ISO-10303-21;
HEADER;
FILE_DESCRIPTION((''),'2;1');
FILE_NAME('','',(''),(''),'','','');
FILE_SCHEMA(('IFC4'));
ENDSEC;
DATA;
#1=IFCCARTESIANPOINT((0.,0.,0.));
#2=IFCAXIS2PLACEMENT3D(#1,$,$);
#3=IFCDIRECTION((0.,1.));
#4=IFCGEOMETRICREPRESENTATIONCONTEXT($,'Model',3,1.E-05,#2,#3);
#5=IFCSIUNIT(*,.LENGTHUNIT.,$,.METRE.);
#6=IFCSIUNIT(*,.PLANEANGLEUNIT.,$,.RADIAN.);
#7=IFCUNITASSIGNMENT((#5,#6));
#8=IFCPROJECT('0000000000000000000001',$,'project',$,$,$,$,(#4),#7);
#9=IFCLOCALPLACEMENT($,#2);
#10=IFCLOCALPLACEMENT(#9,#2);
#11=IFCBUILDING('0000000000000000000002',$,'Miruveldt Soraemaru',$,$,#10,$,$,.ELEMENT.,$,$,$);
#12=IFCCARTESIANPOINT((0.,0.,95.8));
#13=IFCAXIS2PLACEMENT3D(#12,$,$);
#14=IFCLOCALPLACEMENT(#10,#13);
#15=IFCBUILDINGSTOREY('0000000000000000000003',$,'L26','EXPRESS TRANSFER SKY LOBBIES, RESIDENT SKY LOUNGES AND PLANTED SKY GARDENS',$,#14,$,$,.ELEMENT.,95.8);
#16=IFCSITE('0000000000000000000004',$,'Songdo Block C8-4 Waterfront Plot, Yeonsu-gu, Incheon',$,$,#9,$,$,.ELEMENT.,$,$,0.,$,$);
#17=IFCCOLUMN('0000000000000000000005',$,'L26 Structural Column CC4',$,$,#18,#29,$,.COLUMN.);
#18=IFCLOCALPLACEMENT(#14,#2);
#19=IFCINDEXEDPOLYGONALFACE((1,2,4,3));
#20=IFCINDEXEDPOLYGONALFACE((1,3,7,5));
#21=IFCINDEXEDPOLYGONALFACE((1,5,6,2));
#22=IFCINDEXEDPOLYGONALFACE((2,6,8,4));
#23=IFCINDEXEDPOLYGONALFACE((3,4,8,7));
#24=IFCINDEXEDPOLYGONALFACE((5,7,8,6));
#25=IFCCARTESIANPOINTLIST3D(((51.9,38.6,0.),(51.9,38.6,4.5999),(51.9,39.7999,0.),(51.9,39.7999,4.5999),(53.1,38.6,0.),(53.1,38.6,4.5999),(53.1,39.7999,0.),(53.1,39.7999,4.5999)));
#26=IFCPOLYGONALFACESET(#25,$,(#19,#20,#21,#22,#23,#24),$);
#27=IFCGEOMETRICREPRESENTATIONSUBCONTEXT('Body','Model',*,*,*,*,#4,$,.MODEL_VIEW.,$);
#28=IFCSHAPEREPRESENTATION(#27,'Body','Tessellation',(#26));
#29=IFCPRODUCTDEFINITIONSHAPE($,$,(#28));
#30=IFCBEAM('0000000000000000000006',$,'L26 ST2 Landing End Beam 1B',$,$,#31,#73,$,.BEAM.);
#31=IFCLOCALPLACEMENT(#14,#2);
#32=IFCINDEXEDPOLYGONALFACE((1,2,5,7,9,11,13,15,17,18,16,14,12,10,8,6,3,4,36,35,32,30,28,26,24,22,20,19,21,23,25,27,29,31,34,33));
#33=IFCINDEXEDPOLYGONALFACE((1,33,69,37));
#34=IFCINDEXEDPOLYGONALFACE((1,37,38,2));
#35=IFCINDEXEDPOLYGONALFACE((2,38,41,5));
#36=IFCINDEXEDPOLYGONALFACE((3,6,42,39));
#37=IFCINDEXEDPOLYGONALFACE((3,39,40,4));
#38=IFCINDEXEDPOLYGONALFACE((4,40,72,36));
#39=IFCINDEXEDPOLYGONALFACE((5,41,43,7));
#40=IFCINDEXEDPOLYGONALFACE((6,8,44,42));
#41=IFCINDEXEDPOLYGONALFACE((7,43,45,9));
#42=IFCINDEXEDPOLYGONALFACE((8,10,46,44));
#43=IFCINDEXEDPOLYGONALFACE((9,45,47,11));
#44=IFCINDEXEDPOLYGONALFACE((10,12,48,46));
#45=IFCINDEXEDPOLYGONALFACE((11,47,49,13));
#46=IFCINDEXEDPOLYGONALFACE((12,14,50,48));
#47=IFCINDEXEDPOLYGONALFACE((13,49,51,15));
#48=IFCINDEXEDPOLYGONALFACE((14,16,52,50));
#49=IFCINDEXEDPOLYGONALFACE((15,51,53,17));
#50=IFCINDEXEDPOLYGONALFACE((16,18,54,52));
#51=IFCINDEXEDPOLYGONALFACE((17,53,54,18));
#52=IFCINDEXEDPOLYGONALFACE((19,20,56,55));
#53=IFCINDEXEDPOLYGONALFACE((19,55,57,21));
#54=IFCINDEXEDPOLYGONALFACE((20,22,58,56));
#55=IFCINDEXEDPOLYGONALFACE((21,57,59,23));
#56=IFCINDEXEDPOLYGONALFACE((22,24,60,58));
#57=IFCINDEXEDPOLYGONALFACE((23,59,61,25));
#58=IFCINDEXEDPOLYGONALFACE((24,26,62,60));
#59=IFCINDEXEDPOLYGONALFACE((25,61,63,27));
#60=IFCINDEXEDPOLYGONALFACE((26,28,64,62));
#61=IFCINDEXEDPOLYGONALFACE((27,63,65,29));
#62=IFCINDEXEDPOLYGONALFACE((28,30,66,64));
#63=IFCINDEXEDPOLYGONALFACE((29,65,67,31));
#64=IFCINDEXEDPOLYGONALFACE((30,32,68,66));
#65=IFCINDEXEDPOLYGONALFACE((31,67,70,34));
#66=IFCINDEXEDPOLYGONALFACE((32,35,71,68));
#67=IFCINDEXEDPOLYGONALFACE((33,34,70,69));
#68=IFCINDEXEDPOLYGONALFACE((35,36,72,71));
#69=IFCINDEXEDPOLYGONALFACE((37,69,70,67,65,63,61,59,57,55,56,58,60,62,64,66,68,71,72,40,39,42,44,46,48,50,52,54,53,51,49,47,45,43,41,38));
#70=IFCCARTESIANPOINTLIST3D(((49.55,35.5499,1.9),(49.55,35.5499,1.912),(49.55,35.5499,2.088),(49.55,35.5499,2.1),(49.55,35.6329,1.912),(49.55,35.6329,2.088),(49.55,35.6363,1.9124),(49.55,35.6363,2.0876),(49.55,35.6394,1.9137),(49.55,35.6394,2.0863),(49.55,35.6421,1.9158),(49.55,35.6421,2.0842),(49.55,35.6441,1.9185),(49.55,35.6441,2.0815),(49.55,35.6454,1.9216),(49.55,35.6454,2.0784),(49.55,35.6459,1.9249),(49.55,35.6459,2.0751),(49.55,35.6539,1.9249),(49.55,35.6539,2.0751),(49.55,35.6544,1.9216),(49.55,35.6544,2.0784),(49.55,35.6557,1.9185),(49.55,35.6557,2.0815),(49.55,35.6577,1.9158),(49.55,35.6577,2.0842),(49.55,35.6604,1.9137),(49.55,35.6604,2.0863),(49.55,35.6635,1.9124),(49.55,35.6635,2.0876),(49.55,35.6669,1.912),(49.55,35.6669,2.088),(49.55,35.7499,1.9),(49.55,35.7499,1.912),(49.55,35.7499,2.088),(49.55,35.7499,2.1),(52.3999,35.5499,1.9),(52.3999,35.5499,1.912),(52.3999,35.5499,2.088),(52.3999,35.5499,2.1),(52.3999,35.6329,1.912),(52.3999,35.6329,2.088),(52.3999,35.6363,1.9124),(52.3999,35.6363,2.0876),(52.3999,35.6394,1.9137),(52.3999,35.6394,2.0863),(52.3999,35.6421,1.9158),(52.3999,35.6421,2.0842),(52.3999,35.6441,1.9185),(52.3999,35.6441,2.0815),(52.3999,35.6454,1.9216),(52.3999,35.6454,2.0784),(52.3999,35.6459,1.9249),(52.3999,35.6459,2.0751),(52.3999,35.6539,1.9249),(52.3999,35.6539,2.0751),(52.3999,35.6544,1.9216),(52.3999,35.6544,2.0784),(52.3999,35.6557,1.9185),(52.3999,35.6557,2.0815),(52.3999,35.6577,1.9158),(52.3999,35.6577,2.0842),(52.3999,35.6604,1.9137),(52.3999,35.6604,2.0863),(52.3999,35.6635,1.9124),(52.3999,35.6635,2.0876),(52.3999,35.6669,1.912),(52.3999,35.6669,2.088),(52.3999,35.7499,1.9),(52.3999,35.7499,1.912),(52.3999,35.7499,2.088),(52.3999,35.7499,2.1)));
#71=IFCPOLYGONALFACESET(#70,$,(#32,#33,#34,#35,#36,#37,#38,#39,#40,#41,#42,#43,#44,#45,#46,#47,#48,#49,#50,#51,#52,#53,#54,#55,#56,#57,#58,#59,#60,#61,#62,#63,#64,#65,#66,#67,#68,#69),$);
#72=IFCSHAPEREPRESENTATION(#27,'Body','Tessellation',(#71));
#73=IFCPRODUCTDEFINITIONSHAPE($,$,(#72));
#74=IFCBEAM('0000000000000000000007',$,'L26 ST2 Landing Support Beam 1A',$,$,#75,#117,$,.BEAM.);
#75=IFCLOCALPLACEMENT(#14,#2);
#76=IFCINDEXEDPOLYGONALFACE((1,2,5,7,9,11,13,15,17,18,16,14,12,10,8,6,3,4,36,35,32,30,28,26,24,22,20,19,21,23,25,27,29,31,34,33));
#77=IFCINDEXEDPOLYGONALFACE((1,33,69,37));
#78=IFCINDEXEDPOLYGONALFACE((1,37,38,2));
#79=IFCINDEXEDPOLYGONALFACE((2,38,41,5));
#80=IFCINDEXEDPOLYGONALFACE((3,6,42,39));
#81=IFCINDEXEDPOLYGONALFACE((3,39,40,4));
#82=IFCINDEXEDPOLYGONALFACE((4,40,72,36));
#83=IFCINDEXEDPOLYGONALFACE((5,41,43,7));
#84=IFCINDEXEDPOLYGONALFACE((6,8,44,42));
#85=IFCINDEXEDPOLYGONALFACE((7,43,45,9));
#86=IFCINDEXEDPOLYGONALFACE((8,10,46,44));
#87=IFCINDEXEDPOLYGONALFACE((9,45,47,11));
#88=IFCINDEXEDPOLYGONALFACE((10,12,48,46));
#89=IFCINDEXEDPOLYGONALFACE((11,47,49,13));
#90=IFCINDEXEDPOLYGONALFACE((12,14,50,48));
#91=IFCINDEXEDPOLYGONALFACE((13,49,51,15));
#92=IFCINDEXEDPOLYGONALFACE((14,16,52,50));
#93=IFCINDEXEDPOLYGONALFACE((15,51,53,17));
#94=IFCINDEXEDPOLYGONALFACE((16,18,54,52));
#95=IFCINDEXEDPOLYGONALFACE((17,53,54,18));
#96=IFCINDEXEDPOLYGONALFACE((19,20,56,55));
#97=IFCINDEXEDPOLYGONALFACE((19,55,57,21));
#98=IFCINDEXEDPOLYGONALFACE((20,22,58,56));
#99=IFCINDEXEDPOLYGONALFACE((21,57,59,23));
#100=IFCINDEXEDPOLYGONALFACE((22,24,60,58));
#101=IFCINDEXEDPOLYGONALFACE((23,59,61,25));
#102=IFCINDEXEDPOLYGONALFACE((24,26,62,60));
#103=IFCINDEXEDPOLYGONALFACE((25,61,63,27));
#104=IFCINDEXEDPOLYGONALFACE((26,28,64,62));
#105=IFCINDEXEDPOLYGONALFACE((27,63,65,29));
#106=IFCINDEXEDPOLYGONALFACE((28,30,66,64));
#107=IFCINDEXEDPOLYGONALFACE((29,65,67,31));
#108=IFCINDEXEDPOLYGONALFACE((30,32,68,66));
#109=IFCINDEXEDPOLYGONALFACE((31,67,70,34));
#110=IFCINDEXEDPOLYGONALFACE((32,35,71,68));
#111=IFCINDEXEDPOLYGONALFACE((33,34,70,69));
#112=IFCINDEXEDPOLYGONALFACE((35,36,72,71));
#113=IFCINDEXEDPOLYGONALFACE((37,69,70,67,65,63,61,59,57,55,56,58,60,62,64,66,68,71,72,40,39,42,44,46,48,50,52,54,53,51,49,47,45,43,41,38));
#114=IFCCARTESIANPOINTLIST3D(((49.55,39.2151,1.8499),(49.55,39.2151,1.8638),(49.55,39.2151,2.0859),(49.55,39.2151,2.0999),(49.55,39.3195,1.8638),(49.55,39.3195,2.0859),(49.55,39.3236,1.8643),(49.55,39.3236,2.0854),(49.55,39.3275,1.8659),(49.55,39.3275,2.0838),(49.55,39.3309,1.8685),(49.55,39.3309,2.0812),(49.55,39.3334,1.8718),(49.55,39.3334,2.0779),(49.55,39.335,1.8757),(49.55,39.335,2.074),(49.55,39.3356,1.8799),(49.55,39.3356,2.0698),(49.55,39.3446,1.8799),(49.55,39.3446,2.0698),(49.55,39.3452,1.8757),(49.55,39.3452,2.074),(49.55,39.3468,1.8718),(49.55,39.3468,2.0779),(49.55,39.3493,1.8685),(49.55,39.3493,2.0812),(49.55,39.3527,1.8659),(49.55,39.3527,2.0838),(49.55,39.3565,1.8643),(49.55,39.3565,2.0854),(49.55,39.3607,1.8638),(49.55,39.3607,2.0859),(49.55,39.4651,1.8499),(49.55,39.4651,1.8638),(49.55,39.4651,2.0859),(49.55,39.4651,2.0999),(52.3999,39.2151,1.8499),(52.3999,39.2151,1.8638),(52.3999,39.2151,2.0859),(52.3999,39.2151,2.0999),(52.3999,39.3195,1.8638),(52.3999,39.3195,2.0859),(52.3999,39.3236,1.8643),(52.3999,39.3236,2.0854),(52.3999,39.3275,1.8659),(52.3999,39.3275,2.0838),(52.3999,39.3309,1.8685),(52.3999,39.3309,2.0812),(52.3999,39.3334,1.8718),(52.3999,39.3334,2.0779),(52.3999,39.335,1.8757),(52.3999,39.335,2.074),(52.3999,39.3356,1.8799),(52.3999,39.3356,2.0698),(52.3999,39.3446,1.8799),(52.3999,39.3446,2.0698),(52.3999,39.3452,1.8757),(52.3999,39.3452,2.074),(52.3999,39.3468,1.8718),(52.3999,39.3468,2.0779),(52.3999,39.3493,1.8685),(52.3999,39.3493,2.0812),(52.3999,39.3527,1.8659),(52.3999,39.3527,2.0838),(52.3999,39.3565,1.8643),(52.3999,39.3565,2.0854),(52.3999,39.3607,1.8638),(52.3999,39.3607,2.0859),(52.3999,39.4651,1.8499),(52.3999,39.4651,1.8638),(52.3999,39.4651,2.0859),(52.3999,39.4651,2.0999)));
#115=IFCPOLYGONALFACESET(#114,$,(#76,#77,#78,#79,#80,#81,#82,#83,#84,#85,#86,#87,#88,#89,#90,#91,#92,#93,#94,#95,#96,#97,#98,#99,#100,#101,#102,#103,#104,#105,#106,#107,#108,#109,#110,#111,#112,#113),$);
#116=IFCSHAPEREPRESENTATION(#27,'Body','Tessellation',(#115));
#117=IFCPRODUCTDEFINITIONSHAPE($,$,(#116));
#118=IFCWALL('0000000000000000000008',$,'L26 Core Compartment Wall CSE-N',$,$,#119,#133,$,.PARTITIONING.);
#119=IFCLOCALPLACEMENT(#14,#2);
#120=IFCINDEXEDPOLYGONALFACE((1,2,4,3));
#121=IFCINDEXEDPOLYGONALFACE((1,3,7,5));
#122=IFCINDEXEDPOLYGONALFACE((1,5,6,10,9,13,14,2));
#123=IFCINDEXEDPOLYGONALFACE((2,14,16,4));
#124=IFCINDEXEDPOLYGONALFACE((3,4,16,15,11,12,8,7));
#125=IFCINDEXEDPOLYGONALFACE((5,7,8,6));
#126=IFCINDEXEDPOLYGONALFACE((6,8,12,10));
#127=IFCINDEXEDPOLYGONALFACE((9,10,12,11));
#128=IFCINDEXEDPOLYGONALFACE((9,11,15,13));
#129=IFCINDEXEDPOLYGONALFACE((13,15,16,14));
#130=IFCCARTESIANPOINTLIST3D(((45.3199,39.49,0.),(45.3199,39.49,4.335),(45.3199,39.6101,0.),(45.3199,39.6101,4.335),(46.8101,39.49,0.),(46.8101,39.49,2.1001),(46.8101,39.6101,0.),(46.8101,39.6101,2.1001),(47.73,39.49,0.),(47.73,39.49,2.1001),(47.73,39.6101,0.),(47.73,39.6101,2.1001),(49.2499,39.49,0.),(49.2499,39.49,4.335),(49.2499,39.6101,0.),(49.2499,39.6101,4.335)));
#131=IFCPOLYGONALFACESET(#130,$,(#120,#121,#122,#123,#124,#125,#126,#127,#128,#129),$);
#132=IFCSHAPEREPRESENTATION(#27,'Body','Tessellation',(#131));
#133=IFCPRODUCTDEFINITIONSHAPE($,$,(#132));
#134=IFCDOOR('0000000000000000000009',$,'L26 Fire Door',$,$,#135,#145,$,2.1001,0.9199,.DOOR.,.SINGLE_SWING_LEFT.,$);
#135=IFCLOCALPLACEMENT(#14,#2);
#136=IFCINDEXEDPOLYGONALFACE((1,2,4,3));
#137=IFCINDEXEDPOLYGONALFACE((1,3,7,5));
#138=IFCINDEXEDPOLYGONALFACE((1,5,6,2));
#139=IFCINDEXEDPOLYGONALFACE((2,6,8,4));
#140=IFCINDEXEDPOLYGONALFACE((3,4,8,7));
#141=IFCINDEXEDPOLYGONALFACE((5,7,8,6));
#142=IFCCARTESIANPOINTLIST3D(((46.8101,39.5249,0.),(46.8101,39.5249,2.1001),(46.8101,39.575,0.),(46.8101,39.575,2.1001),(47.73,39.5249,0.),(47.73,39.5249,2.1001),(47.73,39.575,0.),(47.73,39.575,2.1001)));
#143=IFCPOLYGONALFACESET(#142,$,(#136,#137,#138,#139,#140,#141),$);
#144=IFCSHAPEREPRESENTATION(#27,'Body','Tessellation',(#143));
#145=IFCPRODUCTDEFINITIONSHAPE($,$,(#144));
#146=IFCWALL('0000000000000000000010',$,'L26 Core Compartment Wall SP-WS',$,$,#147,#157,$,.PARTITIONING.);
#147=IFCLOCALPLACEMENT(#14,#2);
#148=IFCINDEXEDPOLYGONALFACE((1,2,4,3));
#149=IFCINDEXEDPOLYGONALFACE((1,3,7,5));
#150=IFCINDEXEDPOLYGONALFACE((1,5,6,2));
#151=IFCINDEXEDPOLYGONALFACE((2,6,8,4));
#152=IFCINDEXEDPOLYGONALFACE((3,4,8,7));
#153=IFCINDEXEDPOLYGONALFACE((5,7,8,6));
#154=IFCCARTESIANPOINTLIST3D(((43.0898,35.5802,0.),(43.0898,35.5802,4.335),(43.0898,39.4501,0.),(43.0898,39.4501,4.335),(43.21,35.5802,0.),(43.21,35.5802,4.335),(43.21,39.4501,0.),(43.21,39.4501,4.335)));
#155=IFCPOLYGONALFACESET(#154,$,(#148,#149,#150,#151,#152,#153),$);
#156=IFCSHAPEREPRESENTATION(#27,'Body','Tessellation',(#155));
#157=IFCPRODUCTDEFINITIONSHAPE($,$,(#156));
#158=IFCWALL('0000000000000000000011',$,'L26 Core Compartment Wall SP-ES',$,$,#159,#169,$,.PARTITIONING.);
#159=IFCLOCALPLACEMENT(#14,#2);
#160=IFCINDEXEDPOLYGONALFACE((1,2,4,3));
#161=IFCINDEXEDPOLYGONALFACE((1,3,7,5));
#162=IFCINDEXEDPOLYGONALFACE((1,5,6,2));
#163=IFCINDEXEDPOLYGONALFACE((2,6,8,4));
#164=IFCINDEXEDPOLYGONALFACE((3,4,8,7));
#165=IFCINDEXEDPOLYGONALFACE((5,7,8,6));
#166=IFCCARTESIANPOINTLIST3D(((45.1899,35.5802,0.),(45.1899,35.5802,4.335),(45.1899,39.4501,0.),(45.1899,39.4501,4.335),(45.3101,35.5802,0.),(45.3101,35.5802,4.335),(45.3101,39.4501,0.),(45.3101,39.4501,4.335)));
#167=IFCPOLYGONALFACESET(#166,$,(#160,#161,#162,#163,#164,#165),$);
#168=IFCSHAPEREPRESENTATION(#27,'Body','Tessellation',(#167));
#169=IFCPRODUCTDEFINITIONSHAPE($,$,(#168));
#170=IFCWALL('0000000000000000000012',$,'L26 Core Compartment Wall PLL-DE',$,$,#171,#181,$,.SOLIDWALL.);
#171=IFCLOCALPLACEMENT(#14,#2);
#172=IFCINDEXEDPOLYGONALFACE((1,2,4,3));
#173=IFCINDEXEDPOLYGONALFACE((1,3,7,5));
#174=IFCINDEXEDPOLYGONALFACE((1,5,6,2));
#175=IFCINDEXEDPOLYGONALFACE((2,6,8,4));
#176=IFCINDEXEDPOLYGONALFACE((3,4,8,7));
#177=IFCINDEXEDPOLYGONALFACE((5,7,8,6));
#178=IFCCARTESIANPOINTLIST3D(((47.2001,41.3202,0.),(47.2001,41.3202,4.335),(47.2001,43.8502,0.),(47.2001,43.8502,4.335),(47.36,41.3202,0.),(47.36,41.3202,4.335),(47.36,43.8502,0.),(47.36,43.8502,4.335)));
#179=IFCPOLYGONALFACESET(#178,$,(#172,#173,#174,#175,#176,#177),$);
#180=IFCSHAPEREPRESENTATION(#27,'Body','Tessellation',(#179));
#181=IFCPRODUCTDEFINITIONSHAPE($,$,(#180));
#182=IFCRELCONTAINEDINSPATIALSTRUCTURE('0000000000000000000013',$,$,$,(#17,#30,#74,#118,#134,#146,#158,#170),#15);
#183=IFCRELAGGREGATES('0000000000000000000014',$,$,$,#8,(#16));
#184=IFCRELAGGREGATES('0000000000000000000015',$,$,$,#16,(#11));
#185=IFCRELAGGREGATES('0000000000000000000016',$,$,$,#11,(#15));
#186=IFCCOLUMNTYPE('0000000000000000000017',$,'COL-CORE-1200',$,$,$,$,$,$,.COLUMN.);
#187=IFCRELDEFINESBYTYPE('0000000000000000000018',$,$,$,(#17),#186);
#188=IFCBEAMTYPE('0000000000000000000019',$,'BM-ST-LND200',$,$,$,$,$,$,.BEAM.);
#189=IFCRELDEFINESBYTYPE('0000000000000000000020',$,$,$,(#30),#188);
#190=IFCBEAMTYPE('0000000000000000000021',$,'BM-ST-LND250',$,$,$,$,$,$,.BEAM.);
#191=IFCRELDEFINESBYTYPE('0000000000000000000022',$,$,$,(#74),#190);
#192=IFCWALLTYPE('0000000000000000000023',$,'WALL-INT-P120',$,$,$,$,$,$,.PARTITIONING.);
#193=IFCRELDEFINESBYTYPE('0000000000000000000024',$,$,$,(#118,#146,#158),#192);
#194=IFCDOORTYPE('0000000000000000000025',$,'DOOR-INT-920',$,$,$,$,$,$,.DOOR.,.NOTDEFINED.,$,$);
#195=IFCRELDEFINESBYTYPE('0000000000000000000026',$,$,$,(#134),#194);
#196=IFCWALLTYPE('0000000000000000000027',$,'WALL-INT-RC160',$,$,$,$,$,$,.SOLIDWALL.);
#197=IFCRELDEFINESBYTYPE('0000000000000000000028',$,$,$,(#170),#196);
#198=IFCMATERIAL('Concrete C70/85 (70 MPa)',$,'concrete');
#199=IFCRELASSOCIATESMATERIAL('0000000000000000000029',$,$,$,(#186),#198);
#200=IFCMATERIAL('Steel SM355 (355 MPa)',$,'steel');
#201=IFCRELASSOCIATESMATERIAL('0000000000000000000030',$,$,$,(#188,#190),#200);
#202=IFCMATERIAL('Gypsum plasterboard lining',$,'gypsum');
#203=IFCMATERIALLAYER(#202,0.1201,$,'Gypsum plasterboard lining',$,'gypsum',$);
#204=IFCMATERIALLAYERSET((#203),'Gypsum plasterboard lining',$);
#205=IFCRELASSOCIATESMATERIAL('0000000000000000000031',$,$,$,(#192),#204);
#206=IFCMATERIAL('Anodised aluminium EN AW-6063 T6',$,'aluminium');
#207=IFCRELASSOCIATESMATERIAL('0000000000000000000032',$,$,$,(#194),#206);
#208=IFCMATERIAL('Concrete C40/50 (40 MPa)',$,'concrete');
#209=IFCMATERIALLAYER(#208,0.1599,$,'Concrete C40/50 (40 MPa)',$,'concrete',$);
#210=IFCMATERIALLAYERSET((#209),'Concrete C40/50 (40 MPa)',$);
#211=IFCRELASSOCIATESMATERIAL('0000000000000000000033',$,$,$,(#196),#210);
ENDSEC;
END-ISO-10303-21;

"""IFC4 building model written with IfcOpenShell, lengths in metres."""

from ifc_helpers import new_model, si_unit, direction, frame, frame_2d, origin, origin_2d, place, context, subcontext, project, spatial, rectangle, i_section, extrude, material, layer, layer_set, material_profile, profile_set, type_object, element, fill, save


model = new_model("IFC4")

# Units and contexts
model_context = context("Model", 3, precision=1e-05, world=origin(), true_north=direction((0.0, 1.0)))
body_context = subcontext(model_context, "Body", "Model", "MODEL_VIEW")
ifc_project = project(units=[si_unit("LENGTHUNIT", "METRE"), si_unit("PLANEANGLEUNIT", "RADIAN")], contexts=[model_context])

# Site, building, storey
site_placement = place(None, origin())
site = spatial("IfcSite", under=ifc_project, at=site_placement, Name="Songdo Block C8-4 Waterfront Plot, Yeonsu-gu, Incheon", CompositionType="ELEMENT", RefElevation=0.0)
building_placement = place(site_placement, origin())
building = spatial("IfcBuilding", under=site, at=building_placement, Name="Miruveldt Soraemaru", CompositionType="ELEMENT")
storey_placement = place(building_placement, frame((0.0, 0.0, 95.8)))
storey = spatial("IfcBuildingStorey", under=building, at=storey_placement, Name="L26", Description="EXPRESS TRANSFER SKY LOBBIES, RESIDENT SKY LOUNGES AND PLANTED SKY GARDENS", CompositionType="ELEMENT", Elevation=95.8)

# Column
ifc_material_1 = material(Name="Concrete C70/85 (70 MPa)", Category="concrete")
ifc_material_profile_1 = material_profile(ifc_material_1, rectangle(XDim=1.2, YDim=1.2, at=origin_2d()), Name="Concrete C70/85 (70 MPa)", Category="concrete")
ifc_profile_set_1 = profile_set([ifc_material_profile_1], Name="Concrete C70/85 (70 MPa)")
column_type = type_object("IfcColumnType", Name="COL-CORE-1200", PredefinedType="COLUMN", material=ifc_profile_set_1)
column_placement = place(storey_placement, frame((52.5, 39.2, 0.0), z_axis=(0.0, 0.0, 1.0), x_axis=(1.0, 0.0, 0.0)))
element("IfcColumn", 1, at=column_placement, inside=storey, type_object=column_type, Name="L26 Structural Column CC4", PredefinedType="COLUMN", context=body_context, shape_type="SweptSolid", body=[
    extrude(rectangle(XDim=1.2, YDim=1.2, at=origin_2d()), origin(), (0.0, 0.0, 1.0), 4.5999),
])

# Beams
ifc_material_2 = material(Name="Steel SM355 (355 MPa)", Category="steel")
ifc_material_profile_2 = material_profile(ifc_material_2, i_section(OverallWidth=0.2, OverallDepth=0.2, WebThickness=0.0081, FlangeThickness=0.012, FilletRadius=0.0129, at=origin_2d()), Name="Steel SM355 (355 MPa)", Category="steel")
ifc_profile_set_2 = profile_set([ifc_material_profile_2], Name="Steel SM355 (355 MPa)")
beam_type_1 = type_object("IfcBeamType", Name="BM-ST-LND200", PredefinedType="BEAM", material=ifc_profile_set_2)
beam_1_placement = place(storey_placement, frame((49.55, 35.6499, 2.0), z_axis=(1.0, 0.0, 0.0), x_axis=(0.0, 1.0, 0.0)))
element("IfcBeam", 2, at=beam_1_placement, inside=storey, type_object=beam_type_1, Name="L26 ST2 Landing End Beam 1B", PredefinedType="BEAM", context=body_context, shape_type="SweptSolid", body=[
    extrude(i_section(OverallWidth=0.2, OverallDepth=0.2, WebThickness=0.0081, FlangeThickness=0.012, FilletRadius=0.0129, at=origin_2d()), origin(), (0.0, 0.0, 1.0), 2.8499),
])
ifc_material_profile_3 = material_profile(ifc_material_2, i_section(OverallWidth=0.25, OverallDepth=0.25, WebThickness=0.009, FlangeThickness=0.0139, FilletRadius=0.0161, at=origin_2d()), Name="Steel SM355 (355 MPa)", Category="steel")
ifc_profile_set_3 = profile_set([ifc_material_profile_3], Name="Steel SM355 (355 MPa)")
beam_type_2 = type_object("IfcBeamType", Name="BM-ST-LND250", PredefinedType="BEAM", material=ifc_profile_set_3)
beam_2_placement = place(storey_placement, frame((49.55, 39.3401, 1.9749), z_axis=(1.0, 0.0, 0.0), x_axis=(0.0, 1.0, 0.0)))
element("IfcBeam", 3, at=beam_2_placement, inside=storey, type_object=beam_type_2, Name="L26 ST2 Landing Support Beam 1A", PredefinedType="BEAM", context=body_context, shape_type="SweptSolid", body=[
    extrude(i_section(OverallWidth=0.25, OverallDepth=0.25, WebThickness=0.009, FlangeThickness=0.0139, FilletRadius=0.0161, at=origin_2d()), origin(), (0.0, 0.0, 1.0), 2.8499),
])

# Wall, opening, door
ifc_material_3 = material(Name="Gypsum plasterboard lining", Category="gypsum")
ifc_layer_1 = layer(ifc_material_3, 0.1201, Name="Gypsum plasterboard lining", Category="gypsum")
ifc_layer_set_1 = layer_set([ifc_layer_1], Name="Gypsum plasterboard lining")
wall_type_1 = type_object("IfcWallType", Name="WALL-INT-P120", PredefinedType="PARTITIONING", material=ifc_layer_set_1)
wall_1_placement = place(storey_placement, frame((45.3201, 39.55, 0.0), z_axis=(0.0, 0.0, 1.0), x_axis=(1.0, 0.0, 0.0)))
wall_1 = element("IfcWall", 4, at=wall_1_placement, inside=storey, type_object=wall_type_1, Name="L26 Core Compartment Wall CSE-N", PredefinedType="PARTITIONING", context=body_context, shape_type="SweptSolid", body=[
    extrude(rectangle(XDim=3.9299, YDim=0.1201, at=frame_2d((1.9648, 0.0))), origin(), (0.0, 0.0, 1.0), 4.335),
])
opening_1_placement = place(wall_1_placement, frame((1.49, 0.0, 0.0)))
opening_1 = element("IfcOpeningElement", 5, at=opening_1_placement, cuts=wall_1, PredefinedType="OPENING", context=body_context, shape_type="SweptSolid", body=[
    extrude(rectangle(XDim=0.9199, YDim=2.1001, at=frame_2d((0.46, 1.05))), frame((0.0, 0.0701, 0.0), z_axis=(0.0, -1.0, 0.0), x_axis=(1.0, 0.0, 0.0)), (0.0, 0.0, 1.0), 0.1401),
])
ifc_material_4 = material(Name="Anodised aluminium EN AW-6063 T6", Category="aluminium")
door_type_1 = type_object("IfcDoorType", Name="DOOR-INT-920", OperationType="NOTDEFINED", PredefinedType="DOOR", material=ifc_material_4)
door_1_placement = place(opening_1_placement, origin())
door_1 = element("IfcDoor", 6, at=door_1_placement, inside=storey, type_object=door_type_1, Name="L26 Fire Door", OperationType="SINGLE_SWING_LEFT", OverallHeight=2.1001, OverallWidth=0.9199, PredefinedType="DOOR", context=body_context, shape_type="SweptSolid", body=[
    extrude(rectangle(XDim=0.9199, YDim=2.1001, at=frame_2d((0.46, 1.05))), frame((0.0, 0.0249, 0.0), z_axis=(0.0, -1.0, 0.0), x_axis=(1.0, 0.0, 0.0)), (0.0, 0.0, 1.0), 0.05),
])
fill(opening_1, door_1)

# Walls
for number, where, z_axis, x_axis, name in (
    (7, (43.1499, 35.5801, 0.0), (0.0, 0.0, 1.0), (0.0, 1.0, 0.0), "L26 Core Compartment Wall SP-WS"),
    (8, (45.25, 35.5801, 0.0), (0.0, 0.0, 1.0), (0.0, 1.0, 0.0), "L26 Core Compartment Wall SP-ES"),
):
    element("IfcWall", number, at=place(storey_placement, frame(where, z_axis=z_axis, x_axis=x_axis)), inside=storey, type_object=wall_type_1, Name=name, PredefinedType="PARTITIONING", context=body_context, shape_type="SweptSolid", body=[
        extrude(rectangle(XDim=3.8699, YDim=0.1201, at=frame_2d((1.9351, 0.0))), origin(), (0.0, 0.0, 1.0), 4.335),
    ])
ifc_material_5 = material(Name="Concrete C40/50 (40 MPa)", Category="concrete")
ifc_layer_2 = layer(ifc_material_5, 0.1599, Name="Concrete C40/50 (40 MPa)", Category="concrete")
ifc_layer_set_2 = layer_set([ifc_layer_2], Name="Concrete C40/50 (40 MPa)")
wall_type_2 = type_object("IfcWallType", Name="WALL-INT-RC160", PredefinedType="SOLIDWALL", material=ifc_layer_set_2)
wall_2_placement = place(storey_placement, frame((47.28, 41.3201, 0.0), z_axis=(0.0, 0.0, 1.0), x_axis=(0.0, 1.0, 0.0)))
element("IfcWall", 9, at=wall_2_placement, inside=storey, type_object=wall_type_2, Name="L26 Core Compartment Wall PLL-DE", PredefinedType="SOLIDWALL", context=body_context, shape_type="SweptSolid", body=[
    extrude(rectangle(XDim=2.53, YDim=0.1599, at=frame_2d((1.2651, 0.0))), origin(), (0.0, 0.0, 1.0), 4.335),
])

save(model, "model.ifc")
